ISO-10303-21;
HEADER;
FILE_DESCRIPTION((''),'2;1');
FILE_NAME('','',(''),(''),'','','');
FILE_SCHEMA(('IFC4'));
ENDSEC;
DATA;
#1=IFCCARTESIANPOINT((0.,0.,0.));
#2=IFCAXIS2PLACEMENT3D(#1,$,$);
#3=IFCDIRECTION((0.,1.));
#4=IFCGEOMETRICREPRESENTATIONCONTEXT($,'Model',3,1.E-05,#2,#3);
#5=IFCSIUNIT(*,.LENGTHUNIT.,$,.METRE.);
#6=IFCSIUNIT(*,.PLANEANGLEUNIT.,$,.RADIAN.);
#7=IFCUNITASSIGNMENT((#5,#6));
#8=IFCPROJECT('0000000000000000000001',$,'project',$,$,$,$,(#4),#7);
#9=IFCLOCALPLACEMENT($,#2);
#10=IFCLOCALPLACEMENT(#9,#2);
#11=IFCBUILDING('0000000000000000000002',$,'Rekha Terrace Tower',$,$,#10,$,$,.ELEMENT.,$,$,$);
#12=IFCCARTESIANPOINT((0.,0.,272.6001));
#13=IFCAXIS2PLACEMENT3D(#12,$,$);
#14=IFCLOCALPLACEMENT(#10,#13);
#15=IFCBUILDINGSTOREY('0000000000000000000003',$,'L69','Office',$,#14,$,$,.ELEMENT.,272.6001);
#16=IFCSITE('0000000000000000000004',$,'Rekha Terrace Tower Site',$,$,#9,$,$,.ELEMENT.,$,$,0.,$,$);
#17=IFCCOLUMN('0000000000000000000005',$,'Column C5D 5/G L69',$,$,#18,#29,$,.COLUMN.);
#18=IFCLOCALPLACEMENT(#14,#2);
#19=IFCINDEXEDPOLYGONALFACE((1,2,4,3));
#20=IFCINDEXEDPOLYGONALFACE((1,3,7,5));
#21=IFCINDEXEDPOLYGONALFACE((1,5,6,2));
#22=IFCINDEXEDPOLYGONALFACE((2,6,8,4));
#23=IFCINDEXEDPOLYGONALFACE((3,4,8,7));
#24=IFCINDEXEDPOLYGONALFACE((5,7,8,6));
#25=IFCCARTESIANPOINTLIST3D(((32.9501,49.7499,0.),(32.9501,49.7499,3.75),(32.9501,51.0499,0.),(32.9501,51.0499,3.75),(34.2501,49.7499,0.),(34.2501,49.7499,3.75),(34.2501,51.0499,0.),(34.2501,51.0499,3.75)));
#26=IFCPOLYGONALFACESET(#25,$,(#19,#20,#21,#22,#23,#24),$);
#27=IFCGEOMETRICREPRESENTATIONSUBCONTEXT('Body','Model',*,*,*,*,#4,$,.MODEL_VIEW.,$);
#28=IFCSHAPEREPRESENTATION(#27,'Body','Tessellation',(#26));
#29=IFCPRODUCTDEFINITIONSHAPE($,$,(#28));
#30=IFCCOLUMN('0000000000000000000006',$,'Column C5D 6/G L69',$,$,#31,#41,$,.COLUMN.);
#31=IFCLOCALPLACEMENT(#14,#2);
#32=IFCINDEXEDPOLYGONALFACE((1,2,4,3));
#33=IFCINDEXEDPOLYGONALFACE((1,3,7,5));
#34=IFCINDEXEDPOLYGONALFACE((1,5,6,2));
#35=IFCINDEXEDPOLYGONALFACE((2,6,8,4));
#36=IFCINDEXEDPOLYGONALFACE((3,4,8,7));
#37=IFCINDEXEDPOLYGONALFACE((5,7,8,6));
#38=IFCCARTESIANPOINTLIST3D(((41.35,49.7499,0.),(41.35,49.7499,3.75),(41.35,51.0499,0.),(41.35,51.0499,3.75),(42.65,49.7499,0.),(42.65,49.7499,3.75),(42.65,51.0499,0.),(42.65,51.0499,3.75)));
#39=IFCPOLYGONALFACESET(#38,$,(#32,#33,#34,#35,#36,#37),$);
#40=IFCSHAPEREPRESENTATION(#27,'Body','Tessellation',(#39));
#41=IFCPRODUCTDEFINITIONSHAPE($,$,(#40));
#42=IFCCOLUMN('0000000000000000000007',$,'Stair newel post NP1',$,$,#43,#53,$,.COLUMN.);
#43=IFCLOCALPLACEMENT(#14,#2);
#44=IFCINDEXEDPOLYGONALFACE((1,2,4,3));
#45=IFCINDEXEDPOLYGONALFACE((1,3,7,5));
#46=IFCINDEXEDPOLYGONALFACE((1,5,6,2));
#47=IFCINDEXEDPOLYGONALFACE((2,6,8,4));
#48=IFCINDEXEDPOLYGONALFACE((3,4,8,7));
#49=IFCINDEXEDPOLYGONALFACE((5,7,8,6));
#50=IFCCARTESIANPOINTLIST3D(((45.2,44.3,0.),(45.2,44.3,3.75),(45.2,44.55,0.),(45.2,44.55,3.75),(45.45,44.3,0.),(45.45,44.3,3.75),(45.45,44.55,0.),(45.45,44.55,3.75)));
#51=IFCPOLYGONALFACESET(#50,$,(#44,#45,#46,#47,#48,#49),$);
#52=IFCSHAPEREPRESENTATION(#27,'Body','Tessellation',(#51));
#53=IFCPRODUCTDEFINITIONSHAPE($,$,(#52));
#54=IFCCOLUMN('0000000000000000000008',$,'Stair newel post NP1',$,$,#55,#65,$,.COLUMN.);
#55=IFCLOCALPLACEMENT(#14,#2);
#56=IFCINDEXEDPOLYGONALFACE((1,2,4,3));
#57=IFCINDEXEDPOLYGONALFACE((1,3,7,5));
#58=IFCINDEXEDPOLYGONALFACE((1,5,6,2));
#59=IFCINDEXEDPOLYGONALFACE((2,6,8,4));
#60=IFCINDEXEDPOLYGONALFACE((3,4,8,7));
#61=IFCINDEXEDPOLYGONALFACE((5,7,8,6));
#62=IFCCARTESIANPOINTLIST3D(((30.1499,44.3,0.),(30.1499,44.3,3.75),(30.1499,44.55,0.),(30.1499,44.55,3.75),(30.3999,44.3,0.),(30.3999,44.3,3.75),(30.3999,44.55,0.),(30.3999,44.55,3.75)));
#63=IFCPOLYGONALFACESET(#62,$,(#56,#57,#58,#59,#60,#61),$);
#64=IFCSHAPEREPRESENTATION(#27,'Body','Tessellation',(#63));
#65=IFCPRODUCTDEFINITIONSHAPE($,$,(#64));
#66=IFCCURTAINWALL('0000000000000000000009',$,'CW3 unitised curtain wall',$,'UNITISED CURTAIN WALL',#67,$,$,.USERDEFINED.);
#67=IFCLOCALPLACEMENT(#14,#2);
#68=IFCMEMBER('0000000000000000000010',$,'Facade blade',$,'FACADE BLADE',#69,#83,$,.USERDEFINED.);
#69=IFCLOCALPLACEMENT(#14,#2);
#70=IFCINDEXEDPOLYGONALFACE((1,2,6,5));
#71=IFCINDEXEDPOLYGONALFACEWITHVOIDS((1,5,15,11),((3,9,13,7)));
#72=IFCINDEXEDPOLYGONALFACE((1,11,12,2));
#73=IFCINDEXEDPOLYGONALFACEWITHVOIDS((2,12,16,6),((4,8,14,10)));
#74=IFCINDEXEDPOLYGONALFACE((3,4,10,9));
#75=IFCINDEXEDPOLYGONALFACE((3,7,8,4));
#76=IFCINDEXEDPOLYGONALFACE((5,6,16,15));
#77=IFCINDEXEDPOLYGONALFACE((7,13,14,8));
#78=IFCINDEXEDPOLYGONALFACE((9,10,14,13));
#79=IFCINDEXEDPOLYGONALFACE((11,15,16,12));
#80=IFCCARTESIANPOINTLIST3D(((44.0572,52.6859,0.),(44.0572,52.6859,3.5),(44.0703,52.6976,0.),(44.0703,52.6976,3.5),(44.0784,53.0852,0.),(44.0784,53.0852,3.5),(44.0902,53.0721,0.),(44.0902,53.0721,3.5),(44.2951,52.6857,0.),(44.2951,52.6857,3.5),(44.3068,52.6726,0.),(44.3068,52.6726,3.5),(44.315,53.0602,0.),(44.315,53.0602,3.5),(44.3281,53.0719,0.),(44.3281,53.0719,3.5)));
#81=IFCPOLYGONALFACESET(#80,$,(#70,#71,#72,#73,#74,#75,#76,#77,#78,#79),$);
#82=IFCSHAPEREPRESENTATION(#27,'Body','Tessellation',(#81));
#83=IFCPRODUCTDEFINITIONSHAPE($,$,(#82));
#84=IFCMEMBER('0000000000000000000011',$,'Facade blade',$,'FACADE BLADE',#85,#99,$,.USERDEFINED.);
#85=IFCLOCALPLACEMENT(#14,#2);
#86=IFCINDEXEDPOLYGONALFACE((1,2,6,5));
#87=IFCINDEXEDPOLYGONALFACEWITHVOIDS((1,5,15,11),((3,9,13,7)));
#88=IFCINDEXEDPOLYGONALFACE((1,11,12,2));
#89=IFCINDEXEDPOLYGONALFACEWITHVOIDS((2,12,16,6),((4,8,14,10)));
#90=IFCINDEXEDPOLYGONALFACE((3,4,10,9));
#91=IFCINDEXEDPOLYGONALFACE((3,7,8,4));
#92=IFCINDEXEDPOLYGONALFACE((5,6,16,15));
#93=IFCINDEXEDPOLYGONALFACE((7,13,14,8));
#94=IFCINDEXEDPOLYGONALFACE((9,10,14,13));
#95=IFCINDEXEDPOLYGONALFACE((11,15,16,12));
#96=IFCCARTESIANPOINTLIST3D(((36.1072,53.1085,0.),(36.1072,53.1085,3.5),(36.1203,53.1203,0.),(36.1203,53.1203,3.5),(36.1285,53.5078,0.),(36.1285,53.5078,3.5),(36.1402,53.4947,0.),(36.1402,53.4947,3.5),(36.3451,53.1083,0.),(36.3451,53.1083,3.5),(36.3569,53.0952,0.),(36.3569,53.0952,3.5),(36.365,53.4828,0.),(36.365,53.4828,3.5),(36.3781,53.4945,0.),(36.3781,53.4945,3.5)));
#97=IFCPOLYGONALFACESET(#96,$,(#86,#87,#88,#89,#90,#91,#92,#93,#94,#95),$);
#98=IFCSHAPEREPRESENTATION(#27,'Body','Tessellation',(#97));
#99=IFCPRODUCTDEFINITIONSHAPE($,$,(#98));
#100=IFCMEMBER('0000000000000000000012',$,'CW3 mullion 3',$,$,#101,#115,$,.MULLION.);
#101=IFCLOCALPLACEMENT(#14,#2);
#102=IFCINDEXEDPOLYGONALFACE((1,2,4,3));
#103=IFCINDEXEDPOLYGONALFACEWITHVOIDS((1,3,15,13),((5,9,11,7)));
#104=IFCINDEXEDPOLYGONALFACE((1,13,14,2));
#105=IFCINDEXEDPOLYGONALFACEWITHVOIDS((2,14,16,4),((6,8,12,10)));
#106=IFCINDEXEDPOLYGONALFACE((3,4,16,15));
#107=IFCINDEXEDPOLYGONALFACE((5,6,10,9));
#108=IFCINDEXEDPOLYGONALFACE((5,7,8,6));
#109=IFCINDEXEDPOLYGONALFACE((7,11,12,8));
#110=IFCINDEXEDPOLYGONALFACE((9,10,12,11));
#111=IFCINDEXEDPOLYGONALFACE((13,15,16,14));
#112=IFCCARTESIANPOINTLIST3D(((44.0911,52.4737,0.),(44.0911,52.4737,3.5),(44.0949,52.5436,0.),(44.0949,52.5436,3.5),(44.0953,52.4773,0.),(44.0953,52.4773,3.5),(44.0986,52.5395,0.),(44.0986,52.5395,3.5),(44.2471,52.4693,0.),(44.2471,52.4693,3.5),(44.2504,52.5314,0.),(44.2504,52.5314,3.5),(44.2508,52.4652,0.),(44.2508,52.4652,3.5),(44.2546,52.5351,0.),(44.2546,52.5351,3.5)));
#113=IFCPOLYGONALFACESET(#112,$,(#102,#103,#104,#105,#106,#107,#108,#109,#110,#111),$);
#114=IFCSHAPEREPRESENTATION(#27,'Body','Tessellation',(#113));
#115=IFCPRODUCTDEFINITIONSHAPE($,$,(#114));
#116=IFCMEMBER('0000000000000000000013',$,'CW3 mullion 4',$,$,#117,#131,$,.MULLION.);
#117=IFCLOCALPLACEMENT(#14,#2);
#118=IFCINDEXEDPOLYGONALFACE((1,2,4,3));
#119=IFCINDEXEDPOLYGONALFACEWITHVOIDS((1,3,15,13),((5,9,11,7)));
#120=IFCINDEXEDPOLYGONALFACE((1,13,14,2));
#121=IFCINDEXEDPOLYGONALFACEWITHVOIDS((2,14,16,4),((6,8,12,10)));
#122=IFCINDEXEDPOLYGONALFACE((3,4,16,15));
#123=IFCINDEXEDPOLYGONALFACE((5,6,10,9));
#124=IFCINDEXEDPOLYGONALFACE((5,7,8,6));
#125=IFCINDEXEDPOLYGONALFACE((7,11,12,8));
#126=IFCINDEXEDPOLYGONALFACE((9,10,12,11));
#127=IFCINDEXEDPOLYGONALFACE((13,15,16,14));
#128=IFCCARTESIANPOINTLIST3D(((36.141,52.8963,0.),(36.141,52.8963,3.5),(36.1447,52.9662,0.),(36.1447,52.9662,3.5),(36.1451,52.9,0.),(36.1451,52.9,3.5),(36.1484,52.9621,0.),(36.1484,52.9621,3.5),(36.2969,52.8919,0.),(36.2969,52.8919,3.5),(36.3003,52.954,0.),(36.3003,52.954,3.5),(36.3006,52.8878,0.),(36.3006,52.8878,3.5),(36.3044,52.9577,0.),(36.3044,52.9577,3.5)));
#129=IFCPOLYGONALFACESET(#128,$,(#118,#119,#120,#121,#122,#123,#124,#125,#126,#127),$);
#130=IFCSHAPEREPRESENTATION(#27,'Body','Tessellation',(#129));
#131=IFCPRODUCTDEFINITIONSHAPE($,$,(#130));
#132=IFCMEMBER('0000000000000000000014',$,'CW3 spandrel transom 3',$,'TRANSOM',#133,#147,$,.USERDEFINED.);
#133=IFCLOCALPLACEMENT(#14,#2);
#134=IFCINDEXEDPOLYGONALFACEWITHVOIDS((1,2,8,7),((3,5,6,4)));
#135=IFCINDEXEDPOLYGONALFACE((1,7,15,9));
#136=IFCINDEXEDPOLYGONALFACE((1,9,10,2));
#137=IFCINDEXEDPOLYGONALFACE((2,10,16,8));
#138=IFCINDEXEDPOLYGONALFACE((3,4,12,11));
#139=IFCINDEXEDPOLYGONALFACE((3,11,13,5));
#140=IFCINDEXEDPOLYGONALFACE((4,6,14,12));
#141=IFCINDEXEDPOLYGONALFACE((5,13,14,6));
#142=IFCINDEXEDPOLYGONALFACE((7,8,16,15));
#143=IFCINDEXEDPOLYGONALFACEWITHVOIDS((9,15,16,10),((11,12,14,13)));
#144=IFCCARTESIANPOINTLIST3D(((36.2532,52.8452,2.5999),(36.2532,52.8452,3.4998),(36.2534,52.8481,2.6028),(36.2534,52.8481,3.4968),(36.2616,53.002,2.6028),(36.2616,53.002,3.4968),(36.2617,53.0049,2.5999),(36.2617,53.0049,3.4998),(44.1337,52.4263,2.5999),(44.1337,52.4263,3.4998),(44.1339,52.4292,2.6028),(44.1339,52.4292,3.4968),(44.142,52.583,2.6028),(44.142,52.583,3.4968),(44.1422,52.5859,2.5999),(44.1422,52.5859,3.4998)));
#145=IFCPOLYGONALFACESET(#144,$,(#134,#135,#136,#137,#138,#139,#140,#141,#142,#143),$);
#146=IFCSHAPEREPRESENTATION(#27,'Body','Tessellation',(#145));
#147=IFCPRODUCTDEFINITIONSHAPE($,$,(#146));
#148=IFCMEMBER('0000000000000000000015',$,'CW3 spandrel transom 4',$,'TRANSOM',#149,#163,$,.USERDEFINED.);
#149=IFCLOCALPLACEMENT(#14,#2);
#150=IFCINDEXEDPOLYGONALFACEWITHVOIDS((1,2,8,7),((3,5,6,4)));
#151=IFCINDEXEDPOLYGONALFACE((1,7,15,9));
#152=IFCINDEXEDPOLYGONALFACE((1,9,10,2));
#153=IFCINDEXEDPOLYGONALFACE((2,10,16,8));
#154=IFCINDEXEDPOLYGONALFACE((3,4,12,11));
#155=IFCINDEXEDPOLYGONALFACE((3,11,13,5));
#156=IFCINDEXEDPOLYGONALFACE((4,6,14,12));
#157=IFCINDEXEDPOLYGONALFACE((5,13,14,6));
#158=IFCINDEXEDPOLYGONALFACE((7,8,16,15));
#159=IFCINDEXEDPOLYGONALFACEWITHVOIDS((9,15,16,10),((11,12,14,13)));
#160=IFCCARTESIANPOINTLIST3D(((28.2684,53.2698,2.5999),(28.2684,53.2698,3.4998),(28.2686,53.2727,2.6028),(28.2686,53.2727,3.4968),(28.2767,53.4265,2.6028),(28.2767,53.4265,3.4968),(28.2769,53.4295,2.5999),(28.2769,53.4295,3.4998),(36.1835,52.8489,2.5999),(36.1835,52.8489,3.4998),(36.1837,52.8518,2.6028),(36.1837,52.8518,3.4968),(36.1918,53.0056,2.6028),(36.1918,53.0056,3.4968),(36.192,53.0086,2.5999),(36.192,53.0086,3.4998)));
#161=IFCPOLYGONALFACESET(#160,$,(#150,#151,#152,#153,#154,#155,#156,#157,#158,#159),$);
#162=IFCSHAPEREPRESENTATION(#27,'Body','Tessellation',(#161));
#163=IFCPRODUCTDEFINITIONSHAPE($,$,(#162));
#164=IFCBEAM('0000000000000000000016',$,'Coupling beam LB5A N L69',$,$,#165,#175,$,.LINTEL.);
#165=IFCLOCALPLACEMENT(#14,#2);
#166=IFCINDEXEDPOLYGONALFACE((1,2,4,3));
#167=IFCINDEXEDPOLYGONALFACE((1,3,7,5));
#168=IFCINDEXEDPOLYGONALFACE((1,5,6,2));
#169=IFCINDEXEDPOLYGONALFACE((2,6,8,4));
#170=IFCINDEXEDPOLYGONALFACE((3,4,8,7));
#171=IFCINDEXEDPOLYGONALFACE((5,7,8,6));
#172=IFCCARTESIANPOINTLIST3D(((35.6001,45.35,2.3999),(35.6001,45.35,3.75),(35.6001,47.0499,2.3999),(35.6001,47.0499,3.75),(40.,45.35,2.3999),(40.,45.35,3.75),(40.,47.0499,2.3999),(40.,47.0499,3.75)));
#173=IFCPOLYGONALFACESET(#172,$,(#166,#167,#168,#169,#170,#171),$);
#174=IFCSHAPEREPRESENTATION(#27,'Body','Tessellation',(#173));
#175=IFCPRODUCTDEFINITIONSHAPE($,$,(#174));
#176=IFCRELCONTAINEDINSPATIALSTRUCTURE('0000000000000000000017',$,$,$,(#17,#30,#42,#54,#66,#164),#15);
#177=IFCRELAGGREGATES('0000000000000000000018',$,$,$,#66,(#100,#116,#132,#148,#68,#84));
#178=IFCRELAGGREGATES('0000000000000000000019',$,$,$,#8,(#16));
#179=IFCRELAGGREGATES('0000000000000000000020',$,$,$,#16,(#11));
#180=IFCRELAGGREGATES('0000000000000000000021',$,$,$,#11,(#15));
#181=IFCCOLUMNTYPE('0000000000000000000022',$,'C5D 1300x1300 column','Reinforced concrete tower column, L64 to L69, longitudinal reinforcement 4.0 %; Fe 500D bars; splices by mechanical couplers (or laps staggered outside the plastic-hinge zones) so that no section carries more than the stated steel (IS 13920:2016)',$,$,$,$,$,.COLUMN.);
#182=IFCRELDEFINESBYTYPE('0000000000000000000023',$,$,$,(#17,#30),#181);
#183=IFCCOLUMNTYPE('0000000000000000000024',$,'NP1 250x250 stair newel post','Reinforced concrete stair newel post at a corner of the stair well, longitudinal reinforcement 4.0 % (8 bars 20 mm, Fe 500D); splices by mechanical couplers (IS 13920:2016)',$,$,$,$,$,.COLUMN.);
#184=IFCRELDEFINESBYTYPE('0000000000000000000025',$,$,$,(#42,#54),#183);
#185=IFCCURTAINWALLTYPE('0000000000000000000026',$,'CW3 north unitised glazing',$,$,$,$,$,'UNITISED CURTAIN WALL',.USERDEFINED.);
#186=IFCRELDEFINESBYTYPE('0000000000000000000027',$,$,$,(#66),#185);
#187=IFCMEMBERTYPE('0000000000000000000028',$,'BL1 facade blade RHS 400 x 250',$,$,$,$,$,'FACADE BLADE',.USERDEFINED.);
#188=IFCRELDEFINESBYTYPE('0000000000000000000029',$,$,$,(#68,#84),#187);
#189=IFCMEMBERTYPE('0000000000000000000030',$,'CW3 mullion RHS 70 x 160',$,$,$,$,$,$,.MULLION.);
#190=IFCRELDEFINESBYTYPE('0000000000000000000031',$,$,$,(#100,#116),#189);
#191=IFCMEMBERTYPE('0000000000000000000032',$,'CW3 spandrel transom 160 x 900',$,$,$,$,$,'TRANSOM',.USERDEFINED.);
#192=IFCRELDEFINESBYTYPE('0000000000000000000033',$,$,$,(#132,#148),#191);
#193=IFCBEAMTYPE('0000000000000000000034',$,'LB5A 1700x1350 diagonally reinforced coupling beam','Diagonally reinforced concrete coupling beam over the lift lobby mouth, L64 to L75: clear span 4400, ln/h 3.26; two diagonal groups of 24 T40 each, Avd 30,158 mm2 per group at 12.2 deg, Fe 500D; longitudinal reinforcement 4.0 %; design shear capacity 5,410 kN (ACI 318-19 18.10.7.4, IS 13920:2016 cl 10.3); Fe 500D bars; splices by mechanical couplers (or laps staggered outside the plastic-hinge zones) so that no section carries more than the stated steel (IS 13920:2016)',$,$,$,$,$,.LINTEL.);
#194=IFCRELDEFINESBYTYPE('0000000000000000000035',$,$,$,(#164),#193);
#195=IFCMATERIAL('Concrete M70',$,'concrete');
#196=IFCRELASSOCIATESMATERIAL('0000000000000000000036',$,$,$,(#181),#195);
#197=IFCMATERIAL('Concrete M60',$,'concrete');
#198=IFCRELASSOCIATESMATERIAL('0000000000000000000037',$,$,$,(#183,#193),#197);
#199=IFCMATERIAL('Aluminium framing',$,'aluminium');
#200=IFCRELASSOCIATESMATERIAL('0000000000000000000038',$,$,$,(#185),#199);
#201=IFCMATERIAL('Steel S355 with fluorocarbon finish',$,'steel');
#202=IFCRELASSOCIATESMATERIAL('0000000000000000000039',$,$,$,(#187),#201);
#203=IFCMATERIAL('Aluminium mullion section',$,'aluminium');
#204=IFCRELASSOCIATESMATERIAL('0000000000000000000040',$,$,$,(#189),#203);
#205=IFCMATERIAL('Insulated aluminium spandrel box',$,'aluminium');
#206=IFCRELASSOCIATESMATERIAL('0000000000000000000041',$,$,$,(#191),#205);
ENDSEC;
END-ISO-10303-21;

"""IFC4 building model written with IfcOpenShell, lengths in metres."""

from ifc_helpers import new_model, si_unit, direction, frame, origin, origin_2d, place, context, subcontext, project, spatial, rectangle, hollow_rectangle, extrude, material, material_profile, profile_set, type_object, element, aggregate, save


model = new_model("IFC4")

# Units and contexts
model_context = context("Model", 3, precision=1e-05, world=origin(), true_north=direction((0.0, 1.0)))
body_context = subcontext(model_context, "Body", "Model", "MODEL_VIEW")
ifc_project = project(units=[si_unit("LENGTHUNIT", "METRE"), si_unit("PLANEANGLEUNIT", "RADIAN")], contexts=[model_context])

# Site, building, storey
site_placement = place(None, origin())
site = spatial("IfcSite", under=ifc_project, at=site_placement, Name="Rekha Terrace Tower Site", CompositionType="ELEMENT", RefElevation=0.0)
building_placement = place(site_placement, origin())
building = spatial("IfcBuilding", under=site, at=building_placement, Name="Rekha Terrace Tower", CompositionType="ELEMENT")
storey_placement = place(building_placement, frame((0.0, 0.0, 272.6001)))
storey = spatial("IfcBuildingStorey", under=building, at=storey_placement, Name="L69", Description="Office", CompositionType="ELEMENT", Elevation=272.6001)

# Columns
ifc_material_1 = material(Name="Concrete M70", Category="concrete")
ifc_material_profile_1 = material_profile(ifc_material_1, rectangle(XDim=1.3, YDim=1.3, at=origin_2d()), Name="RC 1300x1300")
ifc_profile_set_1 = profile_set([ifc_material_profile_1], Name="Concrete M70")
column_type_1 = type_object("IfcColumnType", Name="C5D 1300x1300 column", Description="Reinforced concrete tower column, L64 to L69, longitudinal reinforcement 4.0 %; Fe 500D bars; splices by mechanical couplers (or laps staggered outside the plastic-hinge zones) so that no section carries more than the stated steel (IS 13920:2016)", PredefinedType="COLUMN", material=ifc_profile_set_1)
for number, where, z_axis, x_axis, name in (
    (1, (33.6001, 50.3999, 0.0), (0.0, 0.0, 1.0), (1.0, 0.0, 0.0), "Column C5D 5/G L69"),
    (2, (42.0, 50.3999, 0.0), (0.0, 0.0, 1.0), (1.0, 0.0, 0.0), "Column C5D 6/G L69"),
):
    element("IfcColumn", number, at=place(storey_placement, frame(where, z_axis=z_axis, x_axis=x_axis)), inside=storey, type_object=column_type_1, Name=name, PredefinedType="COLUMN", context=body_context, shape_type="SweptSolid", body=[
        extrude(rectangle(XDim=1.3, YDim=1.3, at=origin_2d()), origin(), (0.0, 0.0, 1.0), 3.75),
    ])
ifc_material_2 = material(Name="Concrete M60", Category="concrete")
ifc_material_profile_2 = material_profile(ifc_material_2, rectangle(XDim=0.25, YDim=0.25, at=origin_2d()), Name="RC 250x250")
ifc_profile_set_2 = profile_set([ifc_material_profile_2], Name="Concrete M60")
column_type_2 = type_object("IfcColumnType", Name="NP1 250x250 stair newel post", Description="Reinforced concrete stair newel post at a corner of the stair well, longitudinal reinforcement 4.0 % (8 bars 20 mm, Fe 500D); splices by mechanical couplers (IS 13920:2016)", PredefinedType="COLUMN", material=ifc_profile_set_2)
for number, where, z_axis, x_axis, name in (
    (3, (45.325, 44.425, 0.0), (0.0, 0.0, 1.0), (1.0, 0.0, 0.0), "Stair newel post NP1"),
    (4, (30.2749, 44.425, 0.0), (0.0, 0.0, 1.0), (1.0, 0.0, 0.0), "Stair newel post NP1"),
):
    element("IfcColumn", number, at=place(storey_placement, frame(where, z_axis=z_axis, x_axis=x_axis)), inside=storey, type_object=column_type_2, Name=name, PredefinedType="COLUMN", context=body_context, shape_type="SweptSolid", body=[
        extrude(rectangle(XDim=0.25, YDim=0.25, at=origin_2d()), origin(), (0.0, 0.0, 1.0), 3.75),
    ])

# Curtain wall, members
ifc_material_3 = material(Name="Aluminium framing", Category="aluminium")
curtain_wall_type = type_object("IfcCurtainWallType", Name="CW3 north unitised glazing", ElementType="UNITISED CURTAIN WALL", PredefinedType="USERDEFINED", material=ifc_material_3)
curtain_wall_placement = place(storey_placement, origin())
curtain_wall = element("IfcCurtainWall", 5, at=curtain_wall_placement, inside=storey, type_object=curtain_wall_type, Name="CW3 unitised curtain wall", ObjectType="UNITISED CURTAIN WALL", PredefinedType="USERDEFINED")
ifc_material_4 = material(Name="Steel S355 with fluorocarbon finish", Category="steel")
ifc_material_profile_3 = material_profile(ifc_material_4, hollow_rectangle(XDim=0.25, YDim=0.3999, WallThickness=0.0125, at=origin_2d()), Name="RHS400x250x12.5")
ifc_profile_set_3 = profile_set([ifc_material_profile_3], Name="Steel S355 with fluorocarbon finish")
member_type_1 = type_object("IfcMemberType", Name="BL1 facade blade RHS 400 x 250", ElementType="FACADE BLADE", PredefinedType="USERDEFINED", material=ifc_profile_set_3)
member_1_placement = place(storey_placement, frame((44.1926, 52.8789, 0.0), z_axis=(0.0, 0.0, 1.0), x_axis=(-0.99859, 0.053084, 0.0)))
member_1 = element("IfcMember", 6, at=member_1_placement, type_object=member_type_1, Name="Facade blade", ObjectType="FACADE BLADE", PredefinedType="USERDEFINED", context=body_context, shape_type="SweptSolid", body=[
    extrude(hollow_rectangle(XDim=0.25, YDim=0.3999, WallThickness=0.0125, at=origin_2d()), origin(), (0.0, 0.0, 1.0), 3.5),
])
member_2_placement = place(storey_placement, frame((36.2427, 53.3015, 0.0), z_axis=(0.0, 0.0, 1.0), x_axis=(-0.99859, 0.053084, 0.0)))
member_2 = element("IfcMember", 7, at=member_2_placement, type_object=member_type_1, Name="Facade blade", ObjectType="FACADE BLADE", PredefinedType="USERDEFINED", context=body_context, shape_type="SweptSolid", body=[
    extrude(hollow_rectangle(XDim=0.25, YDim=0.3999, WallThickness=0.0125, at=origin_2d()), origin(), (0.0, 0.0, 1.0), 3.5),
])
ifc_material_5 = material(Name="Aluminium mullion section", Category="aluminium")
ifc_material_profile_4 = material_profile(ifc_material_5, hollow_rectangle(XDim=0.0701, YDim=0.1599, WallThickness=0.0039, at=origin_2d()), Name="AL RHS 70x160")
ifc_profile_set_4 = profile_set([ifc_material_profile_4], Name="Aluminium mullion section")
member_type_2 = type_object("IfcMemberType", Name="CW3 mullion RHS 70 x 160", PredefinedType="MULLION", material=ifc_profile_set_4)
member_3_placement = place(storey_placement, frame((44.1729, 52.5044, 0.0), z_axis=(0.0, 0.0, 1.0), x_axis=(-0.053083, -0.99859, 0.0)))
member_3 = element("IfcMember", 8, at=member_3_placement, type_object=member_type_2, Name="CW3 mullion 3", PredefinedType="MULLION", context=body_context, shape_type="SweptSolid", body=[
    extrude(hollow_rectangle(XDim=0.0701, YDim=0.1599, WallThickness=0.0039, at=origin_2d()), origin(), (0.0, 0.0, 1.0), 3.5),
])
member_4_placement = place(storey_placement, frame((36.2227, 52.927, 0.0), z_axis=(0.0, 0.0, 1.0), x_axis=(-0.053083, -0.99859, 0.0)))
member_4 = element("IfcMember", 9, at=member_4_placement, type_object=member_type_2, Name="CW3 mullion 4", PredefinedType="MULLION", context=body_context, shape_type="SweptSolid", body=[
    extrude(hollow_rectangle(XDim=0.0701, YDim=0.1599, WallThickness=0.0039, at=origin_2d()), origin(), (0.0, 0.0, 1.0), 3.5),
])
ifc_material_6 = material(Name="Insulated aluminium spandrel box", Category="aluminium")
ifc_material_profile_5 = material_profile(ifc_material_6, hollow_rectangle(XDim=0.1599, YDim=0.8999, WallThickness=0.0029, at=origin_2d()), Name="AL SPANDREL BOX 160x900")
ifc_profile_set_5 = profile_set([ifc_material_profile_5], Name="Insulated aluminium spandrel box")
member_type_3 = type_object("IfcMemberType", Name="CW3 spandrel transom 160 x 900", ElementType="TRANSOM", PredefinedType="USERDEFINED", material=ifc_profile_set_5)
member_5_placement = place(storey_placement, frame((44.1379, 52.5061, 3.0498), z_axis=(-0.99859, 0.053088, 0.0), x_axis=(-0.053088, -0.99859, 0.0)))
member_5 = element("IfcMember", 10, at=member_5_placement, type_object=member_type_3, Name="CW3 spandrel transom 3", ObjectType="TRANSOM", PredefinedType="USERDEFINED", context=body_context, shape_type="SweptSolid", body=[
    extrude(hollow_rectangle(XDim=0.1599, YDim=0.8999, WallThickness=0.0029, at=origin_2d()), origin(), (0.0, 0.0, 1.0), 7.8916),
])
member_6_placement = place(storey_placement, frame((36.1877, 52.9287, 3.0498), z_axis=(-0.998589, 0.053102, 0.0), x_axis=(-0.053102, -0.998589, 0.0)))
member_6 = element("IfcMember", 11, at=member_6_placement, type_object=member_type_3, Name="CW3 spandrel transom 4", ObjectType="TRANSOM", PredefinedType="USERDEFINED", context=body_context, shape_type="SweptSolid", body=[
    extrude(hollow_rectangle(XDim=0.1599, YDim=0.8999, WallThickness=0.0029, at=origin_2d()), origin(), (0.0, 0.0, 1.0), 7.9263),
])

# Beam
ifc_material_profile_6 = material_profile(ifc_material_2, rectangle(XDim=1.7, YDim=1.3501, at=origin_2d()), Name="RC 1700x1350")
ifc_profile_set_6 = profile_set([ifc_material_profile_6], Name="Concrete M60")
beam_type = type_object("IfcBeamType", Name="LB5A 1700x1350 diagonally reinforced coupling beam", Description="Diagonally reinforced concrete coupling beam over the lift lobby mouth, L64 to L75: clear span 4400, ln/h 3.26; two diagonal groups of 24 T40 each, Avd 30,158 mm2 per group at 12.2 deg, Fe 500D; longitudinal reinforcement 4.0 %; design shear capacity 5,410 kN (ACI 318-19 18.10.7.4, IS 13920:2016 cl 10.3); Fe 500D bars; splices by mechanical couplers (or laps staggered outside the plastic-hinge zones) so that no section carries more than the stated steel (IS 13920:2016)", PredefinedType="LINTEL", material=ifc_profile_set_6)
beam_placement = place(storey_placement, frame((35.6001, 46.2, 3.075), z_axis=(1.0, 0.0, 0.0), x_axis=(0.0, 1.0, 0.0)))
element("IfcBeam", 12, at=beam_placement, inside=storey, type_object=beam_type, Name="Coupling beam LB5A N L69", PredefinedType="LINTEL", context=body_context, shape_type="SweptSolid", body=[
    extrude(rectangle(XDim=1.7, YDim=1.3501, at=origin_2d()), origin(), (0.0, 0.0, 1.0), 4.3999),
])

aggregate(curtain_wall, [member_3, member_4, member_5, member_6, member_1, member_2])

save(model, "model.ifc")
